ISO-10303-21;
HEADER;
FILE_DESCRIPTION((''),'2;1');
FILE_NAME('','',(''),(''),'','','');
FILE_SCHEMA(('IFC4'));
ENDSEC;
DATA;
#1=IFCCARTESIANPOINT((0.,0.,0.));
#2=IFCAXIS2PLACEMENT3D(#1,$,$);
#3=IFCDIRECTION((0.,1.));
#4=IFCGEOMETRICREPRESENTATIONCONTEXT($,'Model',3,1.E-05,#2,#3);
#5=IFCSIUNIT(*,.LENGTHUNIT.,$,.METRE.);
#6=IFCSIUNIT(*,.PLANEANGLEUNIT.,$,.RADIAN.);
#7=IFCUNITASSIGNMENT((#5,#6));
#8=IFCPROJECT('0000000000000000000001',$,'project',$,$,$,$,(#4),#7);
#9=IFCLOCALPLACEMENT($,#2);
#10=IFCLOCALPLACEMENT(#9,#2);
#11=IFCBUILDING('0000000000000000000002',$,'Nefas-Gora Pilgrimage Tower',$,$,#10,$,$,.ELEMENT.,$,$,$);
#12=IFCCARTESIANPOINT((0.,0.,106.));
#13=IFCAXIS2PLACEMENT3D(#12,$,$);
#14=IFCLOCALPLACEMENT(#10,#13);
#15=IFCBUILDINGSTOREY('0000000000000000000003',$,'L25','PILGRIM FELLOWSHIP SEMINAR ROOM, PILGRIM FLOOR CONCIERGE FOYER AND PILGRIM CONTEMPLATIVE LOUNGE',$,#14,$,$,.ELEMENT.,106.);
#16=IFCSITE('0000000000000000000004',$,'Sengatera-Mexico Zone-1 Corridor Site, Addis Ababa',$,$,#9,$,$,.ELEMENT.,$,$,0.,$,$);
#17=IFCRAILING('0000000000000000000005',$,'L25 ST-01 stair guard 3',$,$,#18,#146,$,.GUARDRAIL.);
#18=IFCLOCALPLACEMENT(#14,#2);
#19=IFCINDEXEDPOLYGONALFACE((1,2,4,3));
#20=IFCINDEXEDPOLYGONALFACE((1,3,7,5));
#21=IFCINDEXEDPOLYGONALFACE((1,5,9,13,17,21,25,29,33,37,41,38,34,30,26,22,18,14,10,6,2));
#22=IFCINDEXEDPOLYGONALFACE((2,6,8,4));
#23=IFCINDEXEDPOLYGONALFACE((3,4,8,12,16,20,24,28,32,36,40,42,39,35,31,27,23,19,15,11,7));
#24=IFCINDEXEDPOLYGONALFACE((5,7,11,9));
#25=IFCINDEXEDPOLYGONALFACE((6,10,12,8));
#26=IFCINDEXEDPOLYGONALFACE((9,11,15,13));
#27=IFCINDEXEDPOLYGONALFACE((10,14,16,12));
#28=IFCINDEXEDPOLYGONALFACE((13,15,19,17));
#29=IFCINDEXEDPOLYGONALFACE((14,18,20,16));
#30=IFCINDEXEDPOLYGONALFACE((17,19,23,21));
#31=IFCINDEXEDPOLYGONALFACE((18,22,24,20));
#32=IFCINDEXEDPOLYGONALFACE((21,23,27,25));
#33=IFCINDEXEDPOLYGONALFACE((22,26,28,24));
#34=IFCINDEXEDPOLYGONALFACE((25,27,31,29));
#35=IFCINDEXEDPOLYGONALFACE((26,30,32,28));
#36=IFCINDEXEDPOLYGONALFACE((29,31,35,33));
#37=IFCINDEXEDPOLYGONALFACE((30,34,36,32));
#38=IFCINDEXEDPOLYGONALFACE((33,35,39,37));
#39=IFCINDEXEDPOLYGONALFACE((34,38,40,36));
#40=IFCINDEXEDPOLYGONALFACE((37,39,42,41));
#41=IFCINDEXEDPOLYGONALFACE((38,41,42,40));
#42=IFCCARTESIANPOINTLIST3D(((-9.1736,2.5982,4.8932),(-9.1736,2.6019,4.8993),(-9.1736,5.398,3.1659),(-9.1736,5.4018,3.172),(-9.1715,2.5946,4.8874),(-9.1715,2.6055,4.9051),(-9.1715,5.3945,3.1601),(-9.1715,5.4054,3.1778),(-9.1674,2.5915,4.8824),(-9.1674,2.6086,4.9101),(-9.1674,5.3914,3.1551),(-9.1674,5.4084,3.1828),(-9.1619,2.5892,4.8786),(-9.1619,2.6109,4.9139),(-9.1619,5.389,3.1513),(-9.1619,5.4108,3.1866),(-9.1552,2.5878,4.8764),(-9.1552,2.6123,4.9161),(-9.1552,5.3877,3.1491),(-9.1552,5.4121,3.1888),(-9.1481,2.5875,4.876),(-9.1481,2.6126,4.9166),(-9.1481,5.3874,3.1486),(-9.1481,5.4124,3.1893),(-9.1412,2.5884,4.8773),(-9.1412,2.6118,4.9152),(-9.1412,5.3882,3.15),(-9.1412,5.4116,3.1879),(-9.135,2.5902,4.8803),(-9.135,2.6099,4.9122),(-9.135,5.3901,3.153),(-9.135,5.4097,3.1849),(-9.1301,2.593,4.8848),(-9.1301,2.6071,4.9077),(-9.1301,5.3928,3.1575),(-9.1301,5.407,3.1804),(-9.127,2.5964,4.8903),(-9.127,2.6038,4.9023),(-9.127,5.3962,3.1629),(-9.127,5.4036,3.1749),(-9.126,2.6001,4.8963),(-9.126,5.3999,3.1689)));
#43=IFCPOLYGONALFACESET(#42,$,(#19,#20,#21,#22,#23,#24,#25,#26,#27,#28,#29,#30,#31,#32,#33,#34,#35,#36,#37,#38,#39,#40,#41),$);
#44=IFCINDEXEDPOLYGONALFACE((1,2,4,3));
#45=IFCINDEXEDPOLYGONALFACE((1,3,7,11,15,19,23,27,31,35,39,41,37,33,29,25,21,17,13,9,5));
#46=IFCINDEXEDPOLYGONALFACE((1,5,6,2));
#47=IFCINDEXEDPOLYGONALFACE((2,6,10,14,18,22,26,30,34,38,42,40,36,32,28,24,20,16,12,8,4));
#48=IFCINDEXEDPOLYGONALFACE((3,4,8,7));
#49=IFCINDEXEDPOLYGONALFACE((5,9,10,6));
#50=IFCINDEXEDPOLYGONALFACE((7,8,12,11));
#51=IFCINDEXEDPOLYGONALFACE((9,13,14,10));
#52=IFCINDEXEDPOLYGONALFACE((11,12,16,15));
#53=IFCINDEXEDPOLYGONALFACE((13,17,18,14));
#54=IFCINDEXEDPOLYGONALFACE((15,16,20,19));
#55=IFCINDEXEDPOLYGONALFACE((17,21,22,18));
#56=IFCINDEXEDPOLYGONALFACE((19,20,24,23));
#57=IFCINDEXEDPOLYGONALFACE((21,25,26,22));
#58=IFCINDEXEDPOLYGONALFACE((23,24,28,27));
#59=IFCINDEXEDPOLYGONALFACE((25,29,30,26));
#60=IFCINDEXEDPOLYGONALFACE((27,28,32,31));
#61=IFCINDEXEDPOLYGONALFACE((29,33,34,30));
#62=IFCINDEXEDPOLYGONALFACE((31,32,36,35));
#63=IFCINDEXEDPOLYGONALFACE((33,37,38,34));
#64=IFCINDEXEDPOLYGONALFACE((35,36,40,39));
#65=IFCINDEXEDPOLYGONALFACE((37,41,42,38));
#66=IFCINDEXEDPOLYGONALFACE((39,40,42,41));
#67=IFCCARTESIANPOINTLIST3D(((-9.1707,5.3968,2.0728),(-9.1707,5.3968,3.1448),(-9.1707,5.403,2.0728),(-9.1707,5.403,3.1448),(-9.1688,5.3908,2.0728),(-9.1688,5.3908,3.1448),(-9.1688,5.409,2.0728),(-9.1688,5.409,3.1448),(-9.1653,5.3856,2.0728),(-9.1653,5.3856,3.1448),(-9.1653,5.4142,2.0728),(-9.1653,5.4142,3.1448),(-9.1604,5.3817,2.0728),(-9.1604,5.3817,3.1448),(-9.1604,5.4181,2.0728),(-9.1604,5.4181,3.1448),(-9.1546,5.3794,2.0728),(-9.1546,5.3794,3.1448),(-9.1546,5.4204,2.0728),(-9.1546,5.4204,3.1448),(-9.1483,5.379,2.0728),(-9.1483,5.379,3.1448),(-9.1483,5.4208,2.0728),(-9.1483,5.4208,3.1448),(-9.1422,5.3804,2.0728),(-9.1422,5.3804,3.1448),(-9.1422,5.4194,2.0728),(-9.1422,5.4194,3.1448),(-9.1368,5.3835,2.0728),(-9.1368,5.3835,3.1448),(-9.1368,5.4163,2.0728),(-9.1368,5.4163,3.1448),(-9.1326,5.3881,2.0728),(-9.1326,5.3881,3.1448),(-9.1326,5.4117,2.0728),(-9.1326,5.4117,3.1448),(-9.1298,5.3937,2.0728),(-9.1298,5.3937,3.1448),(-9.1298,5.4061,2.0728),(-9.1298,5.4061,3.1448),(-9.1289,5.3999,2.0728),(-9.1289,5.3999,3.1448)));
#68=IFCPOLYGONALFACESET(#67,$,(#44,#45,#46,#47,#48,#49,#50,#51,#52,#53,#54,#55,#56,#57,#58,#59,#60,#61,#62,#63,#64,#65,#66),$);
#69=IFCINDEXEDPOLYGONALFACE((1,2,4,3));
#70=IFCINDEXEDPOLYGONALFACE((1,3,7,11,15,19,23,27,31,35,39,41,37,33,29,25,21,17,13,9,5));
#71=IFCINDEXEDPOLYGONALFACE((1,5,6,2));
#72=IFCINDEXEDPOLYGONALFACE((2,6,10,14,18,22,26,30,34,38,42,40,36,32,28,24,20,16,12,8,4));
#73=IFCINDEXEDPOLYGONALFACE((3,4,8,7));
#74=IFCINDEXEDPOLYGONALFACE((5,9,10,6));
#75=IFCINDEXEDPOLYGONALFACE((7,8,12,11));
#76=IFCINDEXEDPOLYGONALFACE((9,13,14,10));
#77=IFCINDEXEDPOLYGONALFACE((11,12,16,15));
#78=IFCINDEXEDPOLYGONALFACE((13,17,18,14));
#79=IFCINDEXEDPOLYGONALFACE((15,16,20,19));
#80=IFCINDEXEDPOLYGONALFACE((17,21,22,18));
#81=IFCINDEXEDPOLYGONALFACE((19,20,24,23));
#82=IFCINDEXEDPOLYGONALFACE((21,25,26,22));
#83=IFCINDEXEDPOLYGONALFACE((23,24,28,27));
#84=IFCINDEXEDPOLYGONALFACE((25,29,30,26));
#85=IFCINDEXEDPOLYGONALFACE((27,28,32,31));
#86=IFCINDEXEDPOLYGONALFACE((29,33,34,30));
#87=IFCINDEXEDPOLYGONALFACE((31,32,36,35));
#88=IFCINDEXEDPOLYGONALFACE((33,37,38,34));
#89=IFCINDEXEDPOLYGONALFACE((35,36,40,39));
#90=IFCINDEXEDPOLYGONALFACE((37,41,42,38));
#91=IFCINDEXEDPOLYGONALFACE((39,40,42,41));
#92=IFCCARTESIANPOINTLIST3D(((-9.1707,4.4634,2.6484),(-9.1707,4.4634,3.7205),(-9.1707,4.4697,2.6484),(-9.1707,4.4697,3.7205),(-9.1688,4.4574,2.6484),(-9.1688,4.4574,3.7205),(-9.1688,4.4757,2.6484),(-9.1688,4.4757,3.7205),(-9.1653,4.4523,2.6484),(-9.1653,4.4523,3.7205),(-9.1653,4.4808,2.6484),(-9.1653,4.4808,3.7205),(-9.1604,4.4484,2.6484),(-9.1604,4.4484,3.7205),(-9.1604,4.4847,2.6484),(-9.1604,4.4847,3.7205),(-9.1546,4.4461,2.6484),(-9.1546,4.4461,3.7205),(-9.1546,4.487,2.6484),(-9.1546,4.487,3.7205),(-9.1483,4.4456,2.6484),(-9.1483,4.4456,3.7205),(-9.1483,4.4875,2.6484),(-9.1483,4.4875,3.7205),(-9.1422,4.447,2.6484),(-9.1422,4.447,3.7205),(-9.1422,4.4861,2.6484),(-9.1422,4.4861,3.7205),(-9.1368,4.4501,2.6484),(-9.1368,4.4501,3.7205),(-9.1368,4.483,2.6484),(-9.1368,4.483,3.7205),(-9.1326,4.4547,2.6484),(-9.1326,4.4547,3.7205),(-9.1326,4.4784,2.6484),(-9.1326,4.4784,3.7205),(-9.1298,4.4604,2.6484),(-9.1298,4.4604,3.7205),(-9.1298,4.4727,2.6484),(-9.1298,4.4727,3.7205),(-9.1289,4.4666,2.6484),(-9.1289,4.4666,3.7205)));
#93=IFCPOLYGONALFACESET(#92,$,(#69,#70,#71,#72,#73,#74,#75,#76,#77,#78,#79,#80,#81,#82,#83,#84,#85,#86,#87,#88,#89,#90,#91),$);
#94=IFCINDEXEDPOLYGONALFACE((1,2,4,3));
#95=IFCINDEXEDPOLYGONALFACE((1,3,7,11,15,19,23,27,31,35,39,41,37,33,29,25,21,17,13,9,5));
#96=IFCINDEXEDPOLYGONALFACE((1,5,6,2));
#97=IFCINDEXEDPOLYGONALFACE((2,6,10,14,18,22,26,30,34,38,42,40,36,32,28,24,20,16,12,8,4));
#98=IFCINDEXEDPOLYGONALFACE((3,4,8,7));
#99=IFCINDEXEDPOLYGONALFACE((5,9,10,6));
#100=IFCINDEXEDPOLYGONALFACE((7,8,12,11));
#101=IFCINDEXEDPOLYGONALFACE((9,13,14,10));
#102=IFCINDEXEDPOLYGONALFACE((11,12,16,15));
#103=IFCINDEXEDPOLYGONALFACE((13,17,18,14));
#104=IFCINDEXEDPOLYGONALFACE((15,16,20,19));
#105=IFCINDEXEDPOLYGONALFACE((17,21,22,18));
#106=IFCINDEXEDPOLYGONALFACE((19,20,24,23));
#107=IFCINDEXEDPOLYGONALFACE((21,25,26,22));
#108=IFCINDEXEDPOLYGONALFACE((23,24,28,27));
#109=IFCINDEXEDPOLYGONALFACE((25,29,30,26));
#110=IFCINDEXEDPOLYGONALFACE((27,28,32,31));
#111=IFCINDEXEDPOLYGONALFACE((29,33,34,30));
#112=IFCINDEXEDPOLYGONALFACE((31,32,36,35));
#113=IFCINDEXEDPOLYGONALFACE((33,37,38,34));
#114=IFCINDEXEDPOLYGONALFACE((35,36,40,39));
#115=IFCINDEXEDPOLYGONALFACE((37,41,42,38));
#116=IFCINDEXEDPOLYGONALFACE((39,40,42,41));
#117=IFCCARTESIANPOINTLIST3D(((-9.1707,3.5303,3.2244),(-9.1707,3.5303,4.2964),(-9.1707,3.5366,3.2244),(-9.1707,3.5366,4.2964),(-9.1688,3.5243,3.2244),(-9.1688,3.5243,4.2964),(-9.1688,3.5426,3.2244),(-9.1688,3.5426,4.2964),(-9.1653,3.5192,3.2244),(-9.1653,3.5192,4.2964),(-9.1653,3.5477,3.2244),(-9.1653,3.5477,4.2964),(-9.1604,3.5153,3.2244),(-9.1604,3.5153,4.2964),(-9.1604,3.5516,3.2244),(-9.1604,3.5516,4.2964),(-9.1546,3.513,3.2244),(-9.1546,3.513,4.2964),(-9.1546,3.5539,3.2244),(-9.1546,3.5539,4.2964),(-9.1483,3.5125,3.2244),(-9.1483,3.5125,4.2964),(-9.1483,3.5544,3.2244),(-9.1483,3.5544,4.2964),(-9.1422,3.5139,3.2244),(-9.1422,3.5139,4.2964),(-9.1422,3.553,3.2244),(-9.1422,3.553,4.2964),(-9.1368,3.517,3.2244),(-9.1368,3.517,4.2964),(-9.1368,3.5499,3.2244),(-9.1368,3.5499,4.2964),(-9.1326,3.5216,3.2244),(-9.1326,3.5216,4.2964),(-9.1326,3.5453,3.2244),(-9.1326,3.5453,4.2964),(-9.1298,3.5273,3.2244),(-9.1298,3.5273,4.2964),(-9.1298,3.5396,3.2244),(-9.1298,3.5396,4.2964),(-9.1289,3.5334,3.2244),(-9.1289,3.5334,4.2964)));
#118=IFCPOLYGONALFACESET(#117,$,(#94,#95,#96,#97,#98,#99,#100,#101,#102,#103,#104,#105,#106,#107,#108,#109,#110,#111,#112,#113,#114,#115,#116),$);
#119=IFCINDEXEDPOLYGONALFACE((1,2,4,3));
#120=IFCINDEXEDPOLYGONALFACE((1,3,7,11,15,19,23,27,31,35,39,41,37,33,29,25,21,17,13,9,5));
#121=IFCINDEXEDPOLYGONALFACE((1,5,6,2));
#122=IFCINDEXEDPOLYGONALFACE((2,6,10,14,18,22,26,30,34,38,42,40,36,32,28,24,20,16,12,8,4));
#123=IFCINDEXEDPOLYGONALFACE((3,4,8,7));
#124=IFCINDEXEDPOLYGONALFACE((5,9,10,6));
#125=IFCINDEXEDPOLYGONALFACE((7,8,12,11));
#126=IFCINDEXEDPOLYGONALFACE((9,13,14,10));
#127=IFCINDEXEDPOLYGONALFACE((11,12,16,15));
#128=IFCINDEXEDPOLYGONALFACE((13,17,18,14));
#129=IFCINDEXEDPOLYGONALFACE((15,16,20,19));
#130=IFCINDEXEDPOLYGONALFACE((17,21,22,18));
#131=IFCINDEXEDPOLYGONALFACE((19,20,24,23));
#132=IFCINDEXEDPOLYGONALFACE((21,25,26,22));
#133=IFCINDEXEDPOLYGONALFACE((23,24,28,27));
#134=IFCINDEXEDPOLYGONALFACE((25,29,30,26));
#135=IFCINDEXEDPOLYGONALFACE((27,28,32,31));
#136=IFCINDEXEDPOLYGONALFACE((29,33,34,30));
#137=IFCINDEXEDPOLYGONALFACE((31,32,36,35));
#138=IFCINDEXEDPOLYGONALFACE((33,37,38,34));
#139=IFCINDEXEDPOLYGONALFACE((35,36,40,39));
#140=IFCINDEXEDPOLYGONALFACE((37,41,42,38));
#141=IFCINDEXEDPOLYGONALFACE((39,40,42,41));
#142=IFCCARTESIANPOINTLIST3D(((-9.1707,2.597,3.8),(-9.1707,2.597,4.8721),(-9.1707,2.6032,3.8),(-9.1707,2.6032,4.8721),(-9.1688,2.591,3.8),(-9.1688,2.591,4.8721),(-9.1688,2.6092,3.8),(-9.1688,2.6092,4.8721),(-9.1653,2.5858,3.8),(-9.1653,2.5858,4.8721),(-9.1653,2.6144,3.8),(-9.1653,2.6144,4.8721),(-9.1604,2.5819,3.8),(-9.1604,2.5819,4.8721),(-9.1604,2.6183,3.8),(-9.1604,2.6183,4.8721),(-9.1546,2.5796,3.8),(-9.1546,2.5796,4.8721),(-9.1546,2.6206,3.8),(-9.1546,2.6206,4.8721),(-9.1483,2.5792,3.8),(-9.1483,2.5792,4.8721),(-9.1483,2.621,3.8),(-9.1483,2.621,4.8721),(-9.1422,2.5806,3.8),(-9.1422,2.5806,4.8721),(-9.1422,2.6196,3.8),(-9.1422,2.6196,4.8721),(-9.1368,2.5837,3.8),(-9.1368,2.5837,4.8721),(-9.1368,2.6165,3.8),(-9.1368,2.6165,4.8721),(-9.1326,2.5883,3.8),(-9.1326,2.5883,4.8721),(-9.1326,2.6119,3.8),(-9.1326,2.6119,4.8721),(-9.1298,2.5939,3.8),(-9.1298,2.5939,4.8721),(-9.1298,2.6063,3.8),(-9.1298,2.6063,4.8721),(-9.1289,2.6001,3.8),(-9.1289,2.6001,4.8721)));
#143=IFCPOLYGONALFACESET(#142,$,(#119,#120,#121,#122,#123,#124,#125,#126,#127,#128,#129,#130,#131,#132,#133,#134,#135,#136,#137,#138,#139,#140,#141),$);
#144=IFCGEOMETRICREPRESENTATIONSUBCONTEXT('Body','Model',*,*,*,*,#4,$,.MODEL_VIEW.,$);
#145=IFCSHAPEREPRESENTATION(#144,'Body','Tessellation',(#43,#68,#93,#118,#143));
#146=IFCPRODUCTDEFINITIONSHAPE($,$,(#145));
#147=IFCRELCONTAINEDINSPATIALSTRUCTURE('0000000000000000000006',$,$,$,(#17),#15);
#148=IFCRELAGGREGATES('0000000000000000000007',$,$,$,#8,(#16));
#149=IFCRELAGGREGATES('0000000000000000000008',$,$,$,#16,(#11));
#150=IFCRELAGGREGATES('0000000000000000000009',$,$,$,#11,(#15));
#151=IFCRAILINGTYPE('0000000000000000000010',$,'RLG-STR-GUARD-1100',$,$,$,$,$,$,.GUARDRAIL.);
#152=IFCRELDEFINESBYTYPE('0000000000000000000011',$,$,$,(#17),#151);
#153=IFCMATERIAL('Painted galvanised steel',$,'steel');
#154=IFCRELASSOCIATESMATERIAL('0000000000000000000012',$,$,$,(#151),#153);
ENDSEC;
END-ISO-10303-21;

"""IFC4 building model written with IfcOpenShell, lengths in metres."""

from ifc_helpers import new_model, si_unit, direction, frame, origin, origin_2d, place, context, subcontext, project, spatial, circle, extrude, material, type_object, element, save


model = new_model("IFC4")

# Units and contexts
model_context = context("Model", 3, precision=1e-05, world=origin(), true_north=direction((0.0, 1.0)))
body_context = subcontext(model_context, "Body", "Model", "MODEL_VIEW")
ifc_project = project(units=[si_unit("LENGTHUNIT", "METRE"), si_unit("PLANEANGLEUNIT", "RADIAN")], contexts=[model_context])

# Site, building, storey
site_placement = place(None, origin())
site = spatial("IfcSite", under=ifc_project, at=site_placement, Name="Sengatera-Mexico Zone-1 Corridor Site, Addis Ababa", CompositionType="ELEMENT", RefElevation=0.0)
building_placement = place(site_placement, origin())
building = spatial("IfcBuilding", under=site, at=building_placement, Name="Nefas-Gora Pilgrimage Tower", CompositionType="ELEMENT")
storey_placement = place(building_placement, frame((0.0, 0.0, 106.0)))
storey = spatial("IfcBuildingStorey", under=building, at=storey_placement, Name="L25", Description="PILGRIM FELLOWSHIP SEMINAR ROOM, PILGRIM FLOOR CONCIERGE FOYER AND PILGRIM CONTEMPLATIVE LOUNGE", CompositionType="ELEMENT", Elevation=106.0)

# Railing
ifc_material_1 = material(Name="Painted galvanised steel", Category="steel")
railing_type_1 = type_object("IfcRailingType", Name="RLG-STR-GUARD-1100", PredefinedType="GUARDRAIL", material=ifc_material_1)
railing_1_placement = place(storey_placement, frame((-9.1499, 5.3999, 2.0728)))
element("IfcRailing", 1, at=railing_1_placement, inside=storey, type_object=railing_type_1, Name="L25 ST-01 stair guard 3", PredefinedType="GUARDRAIL", context=body_context, shape_type="SweptSolid", body=[
    extrude(circle(Radius=0.0239, at=origin_2d()), frame((0.0, 0.0, 1.0962), z_axis=(0.0, -0.851069, 0.525054), x_axis=(1.0, 0.0, 0.0)), (0.0, 0.0, 1.0), 3.2898),
    extrude(circle(Radius=0.021, at=origin_2d()), origin(), (0.0, 0.0, 1.0), 1.072),
    extrude(circle(Radius=0.021, at=origin_2d()), frame((0.0, -0.9333, 0.5757)), (0.0, 0.0, 1.0), 1.072),
    extrude(circle(Radius=0.021, at=origin_2d()), frame((0.0, -1.8665, 1.1516)), (0.0, 0.0, 1.0), 1.072),
    extrude(circle(Radius=0.021, at=origin_2d()), frame((0.0, -2.7998, 1.7273)), (0.0, 0.0, 1.0), 1.072),
])

save(model, "model.ifc")
